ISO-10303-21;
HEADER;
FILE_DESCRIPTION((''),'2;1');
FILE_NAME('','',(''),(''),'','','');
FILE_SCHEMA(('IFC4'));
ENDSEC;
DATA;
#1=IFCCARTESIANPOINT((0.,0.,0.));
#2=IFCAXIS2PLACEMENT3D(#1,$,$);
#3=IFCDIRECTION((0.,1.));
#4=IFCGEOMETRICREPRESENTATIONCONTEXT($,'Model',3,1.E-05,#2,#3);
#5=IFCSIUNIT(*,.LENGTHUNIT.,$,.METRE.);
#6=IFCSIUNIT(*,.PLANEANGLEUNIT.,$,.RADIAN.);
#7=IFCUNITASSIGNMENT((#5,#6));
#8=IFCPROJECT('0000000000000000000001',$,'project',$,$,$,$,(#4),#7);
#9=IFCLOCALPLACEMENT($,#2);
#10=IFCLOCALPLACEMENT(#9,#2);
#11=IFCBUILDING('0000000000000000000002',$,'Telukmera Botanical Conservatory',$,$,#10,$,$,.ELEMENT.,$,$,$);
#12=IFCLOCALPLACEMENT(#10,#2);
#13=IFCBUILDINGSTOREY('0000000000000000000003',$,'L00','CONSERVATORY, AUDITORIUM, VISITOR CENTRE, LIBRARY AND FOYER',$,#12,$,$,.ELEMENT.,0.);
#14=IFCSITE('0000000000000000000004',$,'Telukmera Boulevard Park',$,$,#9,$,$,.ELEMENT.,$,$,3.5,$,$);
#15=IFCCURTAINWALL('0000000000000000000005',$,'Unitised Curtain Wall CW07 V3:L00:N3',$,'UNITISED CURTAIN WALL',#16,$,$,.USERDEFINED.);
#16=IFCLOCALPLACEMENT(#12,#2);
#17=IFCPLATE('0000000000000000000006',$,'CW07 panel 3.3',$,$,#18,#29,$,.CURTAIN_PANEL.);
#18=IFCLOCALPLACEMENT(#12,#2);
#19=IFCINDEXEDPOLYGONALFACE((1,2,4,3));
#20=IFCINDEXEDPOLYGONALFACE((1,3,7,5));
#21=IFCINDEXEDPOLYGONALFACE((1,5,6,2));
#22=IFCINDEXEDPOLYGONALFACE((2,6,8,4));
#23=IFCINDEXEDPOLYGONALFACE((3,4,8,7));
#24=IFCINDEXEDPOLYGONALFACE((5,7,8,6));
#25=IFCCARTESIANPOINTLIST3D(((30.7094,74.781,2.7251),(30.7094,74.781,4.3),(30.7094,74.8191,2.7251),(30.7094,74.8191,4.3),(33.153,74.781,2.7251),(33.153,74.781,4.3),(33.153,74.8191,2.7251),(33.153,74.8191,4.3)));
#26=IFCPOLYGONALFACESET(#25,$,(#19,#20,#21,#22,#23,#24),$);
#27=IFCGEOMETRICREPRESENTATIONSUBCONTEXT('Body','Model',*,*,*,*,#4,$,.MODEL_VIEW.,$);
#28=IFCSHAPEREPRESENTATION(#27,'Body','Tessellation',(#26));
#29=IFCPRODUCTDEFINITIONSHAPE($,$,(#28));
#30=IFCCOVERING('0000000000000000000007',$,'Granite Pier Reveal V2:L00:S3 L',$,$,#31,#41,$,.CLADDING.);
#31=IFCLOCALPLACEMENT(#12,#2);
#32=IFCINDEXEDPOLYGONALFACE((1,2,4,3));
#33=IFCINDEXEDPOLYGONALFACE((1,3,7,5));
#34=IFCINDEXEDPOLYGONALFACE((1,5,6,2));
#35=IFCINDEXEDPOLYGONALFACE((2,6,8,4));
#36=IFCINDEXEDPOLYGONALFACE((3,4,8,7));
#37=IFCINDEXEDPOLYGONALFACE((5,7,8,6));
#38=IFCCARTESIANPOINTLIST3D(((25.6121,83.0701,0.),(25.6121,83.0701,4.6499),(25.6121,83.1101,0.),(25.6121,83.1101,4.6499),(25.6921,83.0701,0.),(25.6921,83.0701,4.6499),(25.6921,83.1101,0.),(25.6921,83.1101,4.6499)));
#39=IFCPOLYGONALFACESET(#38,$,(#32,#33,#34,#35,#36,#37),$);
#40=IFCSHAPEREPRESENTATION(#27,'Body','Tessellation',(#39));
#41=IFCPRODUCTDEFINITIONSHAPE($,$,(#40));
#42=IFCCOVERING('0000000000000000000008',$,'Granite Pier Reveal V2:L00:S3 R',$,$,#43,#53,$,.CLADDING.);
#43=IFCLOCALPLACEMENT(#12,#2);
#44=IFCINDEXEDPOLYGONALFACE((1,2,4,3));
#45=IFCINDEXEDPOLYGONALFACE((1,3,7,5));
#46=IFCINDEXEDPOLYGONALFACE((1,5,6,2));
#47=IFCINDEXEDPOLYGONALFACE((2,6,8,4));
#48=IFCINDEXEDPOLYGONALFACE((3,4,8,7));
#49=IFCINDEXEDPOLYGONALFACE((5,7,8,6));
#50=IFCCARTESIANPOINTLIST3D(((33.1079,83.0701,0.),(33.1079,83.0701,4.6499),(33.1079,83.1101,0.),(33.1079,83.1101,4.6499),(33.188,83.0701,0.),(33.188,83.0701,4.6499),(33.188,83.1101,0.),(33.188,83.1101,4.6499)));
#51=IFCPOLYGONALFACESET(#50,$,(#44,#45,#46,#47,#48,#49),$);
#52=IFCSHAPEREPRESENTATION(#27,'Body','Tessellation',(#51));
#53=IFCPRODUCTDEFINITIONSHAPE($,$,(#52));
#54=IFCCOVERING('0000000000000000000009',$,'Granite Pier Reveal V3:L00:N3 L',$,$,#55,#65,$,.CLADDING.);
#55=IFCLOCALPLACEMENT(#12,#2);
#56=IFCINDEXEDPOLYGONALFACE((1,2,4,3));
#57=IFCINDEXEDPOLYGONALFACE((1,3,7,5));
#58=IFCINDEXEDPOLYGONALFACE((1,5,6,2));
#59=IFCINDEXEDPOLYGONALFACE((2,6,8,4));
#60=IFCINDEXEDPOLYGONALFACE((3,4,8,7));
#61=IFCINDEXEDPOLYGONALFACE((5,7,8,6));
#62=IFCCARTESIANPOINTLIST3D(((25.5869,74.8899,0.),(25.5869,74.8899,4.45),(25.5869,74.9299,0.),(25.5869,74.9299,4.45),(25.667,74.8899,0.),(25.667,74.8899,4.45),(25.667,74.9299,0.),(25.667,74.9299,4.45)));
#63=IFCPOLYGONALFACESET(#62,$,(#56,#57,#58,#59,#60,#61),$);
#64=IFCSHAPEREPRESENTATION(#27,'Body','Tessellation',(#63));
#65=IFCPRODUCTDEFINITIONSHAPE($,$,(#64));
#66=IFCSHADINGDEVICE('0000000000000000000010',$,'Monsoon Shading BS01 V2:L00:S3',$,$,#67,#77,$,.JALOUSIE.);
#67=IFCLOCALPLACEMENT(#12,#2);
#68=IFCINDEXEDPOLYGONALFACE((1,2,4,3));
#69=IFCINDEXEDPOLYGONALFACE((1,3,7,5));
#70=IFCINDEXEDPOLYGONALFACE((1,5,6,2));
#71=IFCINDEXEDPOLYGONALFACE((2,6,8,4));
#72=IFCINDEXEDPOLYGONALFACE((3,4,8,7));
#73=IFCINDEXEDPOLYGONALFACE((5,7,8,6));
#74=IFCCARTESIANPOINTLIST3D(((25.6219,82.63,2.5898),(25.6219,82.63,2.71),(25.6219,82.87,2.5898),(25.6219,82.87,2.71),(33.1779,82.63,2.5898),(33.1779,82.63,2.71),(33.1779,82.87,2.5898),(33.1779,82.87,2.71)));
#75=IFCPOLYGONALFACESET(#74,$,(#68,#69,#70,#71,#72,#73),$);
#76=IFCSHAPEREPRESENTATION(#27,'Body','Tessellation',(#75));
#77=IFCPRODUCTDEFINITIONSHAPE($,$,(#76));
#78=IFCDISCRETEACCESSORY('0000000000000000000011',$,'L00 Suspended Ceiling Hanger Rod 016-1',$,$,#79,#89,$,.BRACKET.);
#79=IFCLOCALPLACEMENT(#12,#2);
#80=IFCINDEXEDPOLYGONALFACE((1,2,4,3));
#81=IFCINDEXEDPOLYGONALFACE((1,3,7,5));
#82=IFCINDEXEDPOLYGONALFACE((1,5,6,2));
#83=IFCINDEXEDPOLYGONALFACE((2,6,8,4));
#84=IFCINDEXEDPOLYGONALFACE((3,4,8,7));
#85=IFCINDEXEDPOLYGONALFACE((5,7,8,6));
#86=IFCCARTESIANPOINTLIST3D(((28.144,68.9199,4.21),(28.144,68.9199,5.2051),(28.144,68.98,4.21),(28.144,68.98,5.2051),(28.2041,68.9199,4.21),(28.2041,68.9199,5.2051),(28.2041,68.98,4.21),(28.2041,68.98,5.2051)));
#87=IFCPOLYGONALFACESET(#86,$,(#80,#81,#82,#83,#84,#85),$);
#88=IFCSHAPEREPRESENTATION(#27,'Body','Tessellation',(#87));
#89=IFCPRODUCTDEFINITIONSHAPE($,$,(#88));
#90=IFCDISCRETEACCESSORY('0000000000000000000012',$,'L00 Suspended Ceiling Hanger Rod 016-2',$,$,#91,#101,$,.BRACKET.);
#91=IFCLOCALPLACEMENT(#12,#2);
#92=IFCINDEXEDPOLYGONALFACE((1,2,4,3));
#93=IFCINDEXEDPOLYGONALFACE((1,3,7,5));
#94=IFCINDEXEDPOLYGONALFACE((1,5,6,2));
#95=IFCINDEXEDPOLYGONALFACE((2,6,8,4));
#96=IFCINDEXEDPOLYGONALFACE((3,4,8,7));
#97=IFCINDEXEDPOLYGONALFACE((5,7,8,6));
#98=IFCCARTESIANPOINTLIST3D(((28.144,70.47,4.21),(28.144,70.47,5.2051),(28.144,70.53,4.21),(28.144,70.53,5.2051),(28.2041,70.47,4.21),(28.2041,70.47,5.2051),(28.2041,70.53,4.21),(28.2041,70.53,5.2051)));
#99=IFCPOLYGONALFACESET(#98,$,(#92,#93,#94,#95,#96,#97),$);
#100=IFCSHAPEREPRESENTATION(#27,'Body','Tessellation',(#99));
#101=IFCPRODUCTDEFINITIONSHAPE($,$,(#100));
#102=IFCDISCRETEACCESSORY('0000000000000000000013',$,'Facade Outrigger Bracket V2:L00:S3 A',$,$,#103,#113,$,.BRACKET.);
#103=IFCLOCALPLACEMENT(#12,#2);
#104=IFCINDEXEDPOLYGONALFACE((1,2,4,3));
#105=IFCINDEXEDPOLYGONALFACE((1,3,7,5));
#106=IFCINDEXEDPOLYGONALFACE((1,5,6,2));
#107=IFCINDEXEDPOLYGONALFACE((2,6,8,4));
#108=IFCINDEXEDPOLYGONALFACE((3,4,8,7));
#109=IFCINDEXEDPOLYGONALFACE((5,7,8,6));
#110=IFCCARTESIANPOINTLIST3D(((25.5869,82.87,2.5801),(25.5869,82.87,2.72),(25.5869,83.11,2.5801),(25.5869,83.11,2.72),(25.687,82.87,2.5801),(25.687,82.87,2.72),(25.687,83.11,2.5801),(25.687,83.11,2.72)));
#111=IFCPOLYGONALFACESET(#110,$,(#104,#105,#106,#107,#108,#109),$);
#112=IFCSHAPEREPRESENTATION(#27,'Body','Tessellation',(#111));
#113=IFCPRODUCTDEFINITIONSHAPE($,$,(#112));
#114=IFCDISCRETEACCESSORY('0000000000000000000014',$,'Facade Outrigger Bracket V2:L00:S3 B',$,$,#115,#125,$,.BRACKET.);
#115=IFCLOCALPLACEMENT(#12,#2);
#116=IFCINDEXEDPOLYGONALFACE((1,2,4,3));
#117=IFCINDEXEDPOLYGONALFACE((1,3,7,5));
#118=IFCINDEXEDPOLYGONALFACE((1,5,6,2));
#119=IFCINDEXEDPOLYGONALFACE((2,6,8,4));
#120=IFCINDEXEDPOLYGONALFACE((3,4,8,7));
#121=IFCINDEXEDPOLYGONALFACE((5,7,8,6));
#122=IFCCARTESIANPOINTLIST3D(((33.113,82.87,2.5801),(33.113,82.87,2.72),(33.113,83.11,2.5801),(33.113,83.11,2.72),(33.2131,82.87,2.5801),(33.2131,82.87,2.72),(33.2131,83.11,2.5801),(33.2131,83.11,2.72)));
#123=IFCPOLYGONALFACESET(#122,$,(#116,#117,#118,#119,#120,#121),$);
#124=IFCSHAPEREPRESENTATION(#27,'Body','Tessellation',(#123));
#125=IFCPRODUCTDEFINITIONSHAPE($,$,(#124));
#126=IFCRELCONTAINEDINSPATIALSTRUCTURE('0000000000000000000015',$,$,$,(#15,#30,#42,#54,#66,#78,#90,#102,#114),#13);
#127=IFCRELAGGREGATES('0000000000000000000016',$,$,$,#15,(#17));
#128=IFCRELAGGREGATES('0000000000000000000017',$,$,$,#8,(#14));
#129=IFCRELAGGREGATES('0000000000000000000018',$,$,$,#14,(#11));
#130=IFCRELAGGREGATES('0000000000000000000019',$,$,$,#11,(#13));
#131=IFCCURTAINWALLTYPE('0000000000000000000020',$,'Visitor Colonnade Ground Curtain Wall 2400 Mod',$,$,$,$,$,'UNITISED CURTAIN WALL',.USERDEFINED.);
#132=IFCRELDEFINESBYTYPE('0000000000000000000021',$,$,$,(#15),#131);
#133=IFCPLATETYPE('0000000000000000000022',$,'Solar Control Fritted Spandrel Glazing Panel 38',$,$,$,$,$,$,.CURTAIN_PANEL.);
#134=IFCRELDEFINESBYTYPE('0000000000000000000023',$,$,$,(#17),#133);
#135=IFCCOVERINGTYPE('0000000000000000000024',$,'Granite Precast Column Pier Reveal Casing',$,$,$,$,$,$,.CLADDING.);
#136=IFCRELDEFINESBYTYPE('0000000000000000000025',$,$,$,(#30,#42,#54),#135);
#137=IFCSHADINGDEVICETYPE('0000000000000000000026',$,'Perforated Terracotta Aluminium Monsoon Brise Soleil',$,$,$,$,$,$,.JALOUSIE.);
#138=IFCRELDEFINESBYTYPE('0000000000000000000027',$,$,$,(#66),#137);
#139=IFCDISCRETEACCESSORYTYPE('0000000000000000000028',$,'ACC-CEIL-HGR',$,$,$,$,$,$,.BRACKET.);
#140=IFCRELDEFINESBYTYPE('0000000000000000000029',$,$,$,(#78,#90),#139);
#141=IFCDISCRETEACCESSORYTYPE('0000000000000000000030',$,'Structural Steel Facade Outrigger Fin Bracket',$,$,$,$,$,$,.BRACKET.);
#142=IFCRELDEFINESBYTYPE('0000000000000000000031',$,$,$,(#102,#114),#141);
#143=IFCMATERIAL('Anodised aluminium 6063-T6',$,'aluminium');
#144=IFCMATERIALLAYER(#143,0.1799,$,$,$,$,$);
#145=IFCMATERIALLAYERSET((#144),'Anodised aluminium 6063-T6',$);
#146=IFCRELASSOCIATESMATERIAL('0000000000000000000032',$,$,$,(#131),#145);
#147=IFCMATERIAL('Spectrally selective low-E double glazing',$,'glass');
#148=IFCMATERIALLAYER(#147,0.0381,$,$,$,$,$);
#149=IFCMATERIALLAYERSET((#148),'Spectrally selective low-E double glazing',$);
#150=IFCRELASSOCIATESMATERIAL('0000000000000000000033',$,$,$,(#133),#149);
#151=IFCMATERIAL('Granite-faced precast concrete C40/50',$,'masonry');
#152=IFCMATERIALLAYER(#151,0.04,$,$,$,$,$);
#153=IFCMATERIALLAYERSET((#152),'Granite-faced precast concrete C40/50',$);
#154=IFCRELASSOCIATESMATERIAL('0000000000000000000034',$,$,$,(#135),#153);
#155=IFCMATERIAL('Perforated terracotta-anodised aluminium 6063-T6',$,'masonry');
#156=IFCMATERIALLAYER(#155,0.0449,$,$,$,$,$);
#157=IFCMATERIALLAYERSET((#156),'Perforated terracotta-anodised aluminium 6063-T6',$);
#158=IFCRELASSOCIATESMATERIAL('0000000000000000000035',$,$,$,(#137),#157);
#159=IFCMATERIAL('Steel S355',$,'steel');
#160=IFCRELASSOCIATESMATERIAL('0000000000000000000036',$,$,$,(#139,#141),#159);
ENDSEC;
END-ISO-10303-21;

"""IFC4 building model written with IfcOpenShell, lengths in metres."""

from ifc_helpers import new_model, si_unit, direction, frame, origin, origin_2d, place, context, subcontext, project, spatial, rectangle, extrude, material, layer, layer_set, type_object, element, aggregate, save


model = new_model("IFC4")

# Units and contexts
model_context = context("Model", 3, precision=1e-05, world=origin(), true_north=direction((0.0, 1.0)))
body_context = subcontext(model_context, "Body", "Model", "MODEL_VIEW")
ifc_project = project(units=[si_unit("LENGTHUNIT", "METRE"), si_unit("PLANEANGLEUNIT", "RADIAN")], contexts=[model_context])

# Site, building, storey
site_placement = place(None, origin())
site = spatial("IfcSite", under=ifc_project, at=site_placement, Name="Telukmera Boulevard Park", CompositionType="ELEMENT", RefElevation=3.5)
building_placement = place(site_placement, origin())
building = spatial("IfcBuilding", under=site, at=building_placement, Name="Telukmera Botanical Conservatory", CompositionType="ELEMENT")
storey_placement = place(building_placement, origin())
storey = spatial("IfcBuildingStorey", under=building, at=storey_placement, Name="L00", Description="CONSERVATORY, AUDITORIUM, VISITOR CENTRE, LIBRARY AND FOYER", CompositionType="ELEMENT", Elevation=0.0)

# Shared definitions
ifc_material_1 = material(Name="Anodised aluminium 6063-T6", Category="aluminium")

# Curtain wall
ifc_layer_1 = layer(ifc_material_1, 0.1799)
ifc_layer_set_1 = layer_set([ifc_layer_1], Name="Anodised aluminium 6063-T6")
curtain_wall_type_1 = type_object("IfcCurtainWallType", Name="Visitor Colonnade Ground Curtain Wall 2400 Mod", ElementType="UNITISED CURTAIN WALL", PredefinedType="USERDEFINED", material=ifc_layer_set_1)
curtain_wall_1_placement = place(storey_placement, origin())
curtain_wall_1 = element("IfcCurtainWall", 1, at=curtain_wall_1_placement, inside=storey, type_object=curtain_wall_type_1, Name="Unitised Curtain Wall CW07 V3:L00:N3", ObjectType="UNITISED CURTAIN WALL", PredefinedType="USERDEFINED")

# Plate
ifc_material_2 = material(Name="Spectrally selective low-E double glazing", Category="glass")
ifc_layer_2 = layer(ifc_material_2, 0.0381)
ifc_layer_set_2 = layer_set([ifc_layer_2], Name="Spectrally selective low-E double glazing")
plate_type_1 = type_object("IfcPlateType", Name="Solar Control Fritted Spandrel Glazing Panel 38", PredefinedType="CURTAIN_PANEL", material=ifc_layer_set_2)
plate_1_placement = place(storey_placement, frame((31.9312, 74.8, 2.7251), z_axis=(0.0, 0.0, 1.0), x_axis=(1.0, 0.0, 0.0)))
plate_1 = element("IfcPlate", 2, at=plate_1_placement, type_object=plate_type_1, Name="CW07 panel 3.3", PredefinedType="CURTAIN_PANEL", context=body_context, shape_type="SweptSolid", body=[
    extrude(rectangle(XDim=2.4436, YDim=0.0381, at=origin_2d()), origin(), (0.0, 0.0, 1.0), 1.575),
])
aggregate(curtain_wall_1, [plate_1])

# Coverings
ifc_material_3 = material(Name="Granite-faced precast concrete C40/50", Category="masonry")
ifc_layer_3 = layer(ifc_material_3, 0.04)
ifc_layer_set_3 = layer_set([ifc_layer_3], Name="Granite-faced precast concrete C40/50")
covering_type = type_object("IfcCoveringType", Name="Granite Precast Column Pier Reveal Casing", PredefinedType="CLADDING", material=ifc_layer_set_3)
for number, where, z_axis, x_axis, name in (
    (3, (25.6521, 83.0901, 0.0), (0.0, 0.0, 1.0), (1.0, 0.0, 0.0), "Granite Pier Reveal V2:L00:S3 L"),
    (4, (33.1479, 83.0901, 0.0), (0.0, 0.0, 1.0), (1.0, 0.0, 0.0), "Granite Pier Reveal V2:L00:S3 R"),
):
    element("IfcCovering", number, at=place(storey_placement, frame(where, z_axis=z_axis, x_axis=x_axis)), inside=storey, type_object=covering_type, Name=name, PredefinedType="CLADDING", context=body_context, shape_type="SweptSolid", body=[
        extrude(rectangle(XDim=0.0801, YDim=0.04, at=origin_2d()), origin(), (0.0, 0.0, 1.0), 4.6499),
    ])
covering_placement = place(storey_placement, frame((25.627, 74.9099, 0.0), z_axis=(0.0, 0.0, 1.0), x_axis=(1.0, 0.0, 0.0)))
element("IfcCovering", 5, at=covering_placement, inside=storey, type_object=covering_type, Name="Granite Pier Reveal V3:L00:N3 L", PredefinedType="CLADDING", context=body_context, shape_type="SweptSolid", body=[
    extrude(rectangle(XDim=0.0801, YDim=0.04, at=origin_2d()), origin(), (0.0, 0.0, 1.0), 4.45),
])

# Shading device
ifc_material_4 = material(Name="Perforated terracotta-anodised aluminium 6063-T6", Category="masonry")
ifc_layer_4 = layer(ifc_material_4, 0.0449)
ifc_layer_set_4 = layer_set([ifc_layer_4], Name="Perforated terracotta-anodised aluminium 6063-T6")
shading_device_type = type_object("IfcShadingDeviceType", Name="Perforated Terracotta Aluminium Monsoon Brise Soleil", PredefinedType="JALOUSIE", material=ifc_layer_set_4)
shading_device_placement = place(storey_placement, frame((29.3999, 82.75, 2.5898), z_axis=(0.0, 0.0, 1.0), x_axis=(1.0, 0.0, 0.0)))
element("IfcShadingDevice", 6, at=shading_device_placement, inside=storey, type_object=shading_device_type, Name="Monsoon Shading BS01 V2:L00:S3", PredefinedType="JALOUSIE", context=body_context, shape_type="SweptSolid", body=[
    extrude(rectangle(XDim=7.5559, YDim=0.24, at=origin_2d()), origin(), (0.0, 0.0, 1.0), 0.1201),
])

# Discrete accessories
ifc_material_5 = material(Name="Steel S355", Category="steel")
discrete_accessory_type_1 = type_object("IfcDiscreteAccessoryType", Name="ACC-CEIL-HGR", PredefinedType="BRACKET", material=ifc_material_5)
for number, where, z_axis, x_axis, name in (
    (7, (28.1741, 68.95, 4.21), (0.0, 0.0, 1.0), (1.0, 0.0, 0.0), "L00 Suspended Ceiling Hanger Rod 016-1"),
    (8, (28.1741, 70.5, 4.21), (0.0, 0.0, 1.0), (1.0, 0.0, 0.0), "L00 Suspended Ceiling Hanger Rod 016-2"),
):
    element("IfcDiscreteAccessory", number, at=place(storey_placement, frame(where, z_axis=z_axis, x_axis=x_axis)), inside=storey, type_object=discrete_accessory_type_1, Name=name, PredefinedType="BRACKET", context=body_context, shape_type="SweptSolid", body=[
        extrude(rectangle(XDim=0.0601, YDim=0.0601, at=origin_2d()), origin(), (0.0, 0.0, 1.0), 0.9951),
    ])
discrete_accessory_type_2 = type_object("IfcDiscreteAccessoryType", Name="Structural Steel Facade Outrigger Fin Bracket", PredefinedType="BRACKET", material=ifc_material_5)
for number, where, z_axis, x_axis, name in (
    (9, (25.637, 82.99, 2.5801), (0.0, 0.0, 1.0), (1.0, 0.0, 0.0), "Facade Outrigger Bracket V2:L00:S3 A"),
    (10, (33.1631, 82.99, 2.5801), (0.0, 0.0, 1.0), (1.0, 0.0, 0.0), "Facade Outrigger Bracket V2:L00:S3 B"),
):
    element("IfcDiscreteAccessory", number, at=place(storey_placement, frame(where, z_axis=z_axis, x_axis=x_axis)), inside=storey, type_object=discrete_accessory_type_2, Name=name, PredefinedType="BRACKET", context=body_context, shape_type="SweptSolid", body=[
        extrude(rectangle(XDim=0.1001, YDim=0.24, at=origin_2d()), origin(), (0.0, 0.0, 1.0), 0.1399),
    ])

save(model, "model.ifc")
